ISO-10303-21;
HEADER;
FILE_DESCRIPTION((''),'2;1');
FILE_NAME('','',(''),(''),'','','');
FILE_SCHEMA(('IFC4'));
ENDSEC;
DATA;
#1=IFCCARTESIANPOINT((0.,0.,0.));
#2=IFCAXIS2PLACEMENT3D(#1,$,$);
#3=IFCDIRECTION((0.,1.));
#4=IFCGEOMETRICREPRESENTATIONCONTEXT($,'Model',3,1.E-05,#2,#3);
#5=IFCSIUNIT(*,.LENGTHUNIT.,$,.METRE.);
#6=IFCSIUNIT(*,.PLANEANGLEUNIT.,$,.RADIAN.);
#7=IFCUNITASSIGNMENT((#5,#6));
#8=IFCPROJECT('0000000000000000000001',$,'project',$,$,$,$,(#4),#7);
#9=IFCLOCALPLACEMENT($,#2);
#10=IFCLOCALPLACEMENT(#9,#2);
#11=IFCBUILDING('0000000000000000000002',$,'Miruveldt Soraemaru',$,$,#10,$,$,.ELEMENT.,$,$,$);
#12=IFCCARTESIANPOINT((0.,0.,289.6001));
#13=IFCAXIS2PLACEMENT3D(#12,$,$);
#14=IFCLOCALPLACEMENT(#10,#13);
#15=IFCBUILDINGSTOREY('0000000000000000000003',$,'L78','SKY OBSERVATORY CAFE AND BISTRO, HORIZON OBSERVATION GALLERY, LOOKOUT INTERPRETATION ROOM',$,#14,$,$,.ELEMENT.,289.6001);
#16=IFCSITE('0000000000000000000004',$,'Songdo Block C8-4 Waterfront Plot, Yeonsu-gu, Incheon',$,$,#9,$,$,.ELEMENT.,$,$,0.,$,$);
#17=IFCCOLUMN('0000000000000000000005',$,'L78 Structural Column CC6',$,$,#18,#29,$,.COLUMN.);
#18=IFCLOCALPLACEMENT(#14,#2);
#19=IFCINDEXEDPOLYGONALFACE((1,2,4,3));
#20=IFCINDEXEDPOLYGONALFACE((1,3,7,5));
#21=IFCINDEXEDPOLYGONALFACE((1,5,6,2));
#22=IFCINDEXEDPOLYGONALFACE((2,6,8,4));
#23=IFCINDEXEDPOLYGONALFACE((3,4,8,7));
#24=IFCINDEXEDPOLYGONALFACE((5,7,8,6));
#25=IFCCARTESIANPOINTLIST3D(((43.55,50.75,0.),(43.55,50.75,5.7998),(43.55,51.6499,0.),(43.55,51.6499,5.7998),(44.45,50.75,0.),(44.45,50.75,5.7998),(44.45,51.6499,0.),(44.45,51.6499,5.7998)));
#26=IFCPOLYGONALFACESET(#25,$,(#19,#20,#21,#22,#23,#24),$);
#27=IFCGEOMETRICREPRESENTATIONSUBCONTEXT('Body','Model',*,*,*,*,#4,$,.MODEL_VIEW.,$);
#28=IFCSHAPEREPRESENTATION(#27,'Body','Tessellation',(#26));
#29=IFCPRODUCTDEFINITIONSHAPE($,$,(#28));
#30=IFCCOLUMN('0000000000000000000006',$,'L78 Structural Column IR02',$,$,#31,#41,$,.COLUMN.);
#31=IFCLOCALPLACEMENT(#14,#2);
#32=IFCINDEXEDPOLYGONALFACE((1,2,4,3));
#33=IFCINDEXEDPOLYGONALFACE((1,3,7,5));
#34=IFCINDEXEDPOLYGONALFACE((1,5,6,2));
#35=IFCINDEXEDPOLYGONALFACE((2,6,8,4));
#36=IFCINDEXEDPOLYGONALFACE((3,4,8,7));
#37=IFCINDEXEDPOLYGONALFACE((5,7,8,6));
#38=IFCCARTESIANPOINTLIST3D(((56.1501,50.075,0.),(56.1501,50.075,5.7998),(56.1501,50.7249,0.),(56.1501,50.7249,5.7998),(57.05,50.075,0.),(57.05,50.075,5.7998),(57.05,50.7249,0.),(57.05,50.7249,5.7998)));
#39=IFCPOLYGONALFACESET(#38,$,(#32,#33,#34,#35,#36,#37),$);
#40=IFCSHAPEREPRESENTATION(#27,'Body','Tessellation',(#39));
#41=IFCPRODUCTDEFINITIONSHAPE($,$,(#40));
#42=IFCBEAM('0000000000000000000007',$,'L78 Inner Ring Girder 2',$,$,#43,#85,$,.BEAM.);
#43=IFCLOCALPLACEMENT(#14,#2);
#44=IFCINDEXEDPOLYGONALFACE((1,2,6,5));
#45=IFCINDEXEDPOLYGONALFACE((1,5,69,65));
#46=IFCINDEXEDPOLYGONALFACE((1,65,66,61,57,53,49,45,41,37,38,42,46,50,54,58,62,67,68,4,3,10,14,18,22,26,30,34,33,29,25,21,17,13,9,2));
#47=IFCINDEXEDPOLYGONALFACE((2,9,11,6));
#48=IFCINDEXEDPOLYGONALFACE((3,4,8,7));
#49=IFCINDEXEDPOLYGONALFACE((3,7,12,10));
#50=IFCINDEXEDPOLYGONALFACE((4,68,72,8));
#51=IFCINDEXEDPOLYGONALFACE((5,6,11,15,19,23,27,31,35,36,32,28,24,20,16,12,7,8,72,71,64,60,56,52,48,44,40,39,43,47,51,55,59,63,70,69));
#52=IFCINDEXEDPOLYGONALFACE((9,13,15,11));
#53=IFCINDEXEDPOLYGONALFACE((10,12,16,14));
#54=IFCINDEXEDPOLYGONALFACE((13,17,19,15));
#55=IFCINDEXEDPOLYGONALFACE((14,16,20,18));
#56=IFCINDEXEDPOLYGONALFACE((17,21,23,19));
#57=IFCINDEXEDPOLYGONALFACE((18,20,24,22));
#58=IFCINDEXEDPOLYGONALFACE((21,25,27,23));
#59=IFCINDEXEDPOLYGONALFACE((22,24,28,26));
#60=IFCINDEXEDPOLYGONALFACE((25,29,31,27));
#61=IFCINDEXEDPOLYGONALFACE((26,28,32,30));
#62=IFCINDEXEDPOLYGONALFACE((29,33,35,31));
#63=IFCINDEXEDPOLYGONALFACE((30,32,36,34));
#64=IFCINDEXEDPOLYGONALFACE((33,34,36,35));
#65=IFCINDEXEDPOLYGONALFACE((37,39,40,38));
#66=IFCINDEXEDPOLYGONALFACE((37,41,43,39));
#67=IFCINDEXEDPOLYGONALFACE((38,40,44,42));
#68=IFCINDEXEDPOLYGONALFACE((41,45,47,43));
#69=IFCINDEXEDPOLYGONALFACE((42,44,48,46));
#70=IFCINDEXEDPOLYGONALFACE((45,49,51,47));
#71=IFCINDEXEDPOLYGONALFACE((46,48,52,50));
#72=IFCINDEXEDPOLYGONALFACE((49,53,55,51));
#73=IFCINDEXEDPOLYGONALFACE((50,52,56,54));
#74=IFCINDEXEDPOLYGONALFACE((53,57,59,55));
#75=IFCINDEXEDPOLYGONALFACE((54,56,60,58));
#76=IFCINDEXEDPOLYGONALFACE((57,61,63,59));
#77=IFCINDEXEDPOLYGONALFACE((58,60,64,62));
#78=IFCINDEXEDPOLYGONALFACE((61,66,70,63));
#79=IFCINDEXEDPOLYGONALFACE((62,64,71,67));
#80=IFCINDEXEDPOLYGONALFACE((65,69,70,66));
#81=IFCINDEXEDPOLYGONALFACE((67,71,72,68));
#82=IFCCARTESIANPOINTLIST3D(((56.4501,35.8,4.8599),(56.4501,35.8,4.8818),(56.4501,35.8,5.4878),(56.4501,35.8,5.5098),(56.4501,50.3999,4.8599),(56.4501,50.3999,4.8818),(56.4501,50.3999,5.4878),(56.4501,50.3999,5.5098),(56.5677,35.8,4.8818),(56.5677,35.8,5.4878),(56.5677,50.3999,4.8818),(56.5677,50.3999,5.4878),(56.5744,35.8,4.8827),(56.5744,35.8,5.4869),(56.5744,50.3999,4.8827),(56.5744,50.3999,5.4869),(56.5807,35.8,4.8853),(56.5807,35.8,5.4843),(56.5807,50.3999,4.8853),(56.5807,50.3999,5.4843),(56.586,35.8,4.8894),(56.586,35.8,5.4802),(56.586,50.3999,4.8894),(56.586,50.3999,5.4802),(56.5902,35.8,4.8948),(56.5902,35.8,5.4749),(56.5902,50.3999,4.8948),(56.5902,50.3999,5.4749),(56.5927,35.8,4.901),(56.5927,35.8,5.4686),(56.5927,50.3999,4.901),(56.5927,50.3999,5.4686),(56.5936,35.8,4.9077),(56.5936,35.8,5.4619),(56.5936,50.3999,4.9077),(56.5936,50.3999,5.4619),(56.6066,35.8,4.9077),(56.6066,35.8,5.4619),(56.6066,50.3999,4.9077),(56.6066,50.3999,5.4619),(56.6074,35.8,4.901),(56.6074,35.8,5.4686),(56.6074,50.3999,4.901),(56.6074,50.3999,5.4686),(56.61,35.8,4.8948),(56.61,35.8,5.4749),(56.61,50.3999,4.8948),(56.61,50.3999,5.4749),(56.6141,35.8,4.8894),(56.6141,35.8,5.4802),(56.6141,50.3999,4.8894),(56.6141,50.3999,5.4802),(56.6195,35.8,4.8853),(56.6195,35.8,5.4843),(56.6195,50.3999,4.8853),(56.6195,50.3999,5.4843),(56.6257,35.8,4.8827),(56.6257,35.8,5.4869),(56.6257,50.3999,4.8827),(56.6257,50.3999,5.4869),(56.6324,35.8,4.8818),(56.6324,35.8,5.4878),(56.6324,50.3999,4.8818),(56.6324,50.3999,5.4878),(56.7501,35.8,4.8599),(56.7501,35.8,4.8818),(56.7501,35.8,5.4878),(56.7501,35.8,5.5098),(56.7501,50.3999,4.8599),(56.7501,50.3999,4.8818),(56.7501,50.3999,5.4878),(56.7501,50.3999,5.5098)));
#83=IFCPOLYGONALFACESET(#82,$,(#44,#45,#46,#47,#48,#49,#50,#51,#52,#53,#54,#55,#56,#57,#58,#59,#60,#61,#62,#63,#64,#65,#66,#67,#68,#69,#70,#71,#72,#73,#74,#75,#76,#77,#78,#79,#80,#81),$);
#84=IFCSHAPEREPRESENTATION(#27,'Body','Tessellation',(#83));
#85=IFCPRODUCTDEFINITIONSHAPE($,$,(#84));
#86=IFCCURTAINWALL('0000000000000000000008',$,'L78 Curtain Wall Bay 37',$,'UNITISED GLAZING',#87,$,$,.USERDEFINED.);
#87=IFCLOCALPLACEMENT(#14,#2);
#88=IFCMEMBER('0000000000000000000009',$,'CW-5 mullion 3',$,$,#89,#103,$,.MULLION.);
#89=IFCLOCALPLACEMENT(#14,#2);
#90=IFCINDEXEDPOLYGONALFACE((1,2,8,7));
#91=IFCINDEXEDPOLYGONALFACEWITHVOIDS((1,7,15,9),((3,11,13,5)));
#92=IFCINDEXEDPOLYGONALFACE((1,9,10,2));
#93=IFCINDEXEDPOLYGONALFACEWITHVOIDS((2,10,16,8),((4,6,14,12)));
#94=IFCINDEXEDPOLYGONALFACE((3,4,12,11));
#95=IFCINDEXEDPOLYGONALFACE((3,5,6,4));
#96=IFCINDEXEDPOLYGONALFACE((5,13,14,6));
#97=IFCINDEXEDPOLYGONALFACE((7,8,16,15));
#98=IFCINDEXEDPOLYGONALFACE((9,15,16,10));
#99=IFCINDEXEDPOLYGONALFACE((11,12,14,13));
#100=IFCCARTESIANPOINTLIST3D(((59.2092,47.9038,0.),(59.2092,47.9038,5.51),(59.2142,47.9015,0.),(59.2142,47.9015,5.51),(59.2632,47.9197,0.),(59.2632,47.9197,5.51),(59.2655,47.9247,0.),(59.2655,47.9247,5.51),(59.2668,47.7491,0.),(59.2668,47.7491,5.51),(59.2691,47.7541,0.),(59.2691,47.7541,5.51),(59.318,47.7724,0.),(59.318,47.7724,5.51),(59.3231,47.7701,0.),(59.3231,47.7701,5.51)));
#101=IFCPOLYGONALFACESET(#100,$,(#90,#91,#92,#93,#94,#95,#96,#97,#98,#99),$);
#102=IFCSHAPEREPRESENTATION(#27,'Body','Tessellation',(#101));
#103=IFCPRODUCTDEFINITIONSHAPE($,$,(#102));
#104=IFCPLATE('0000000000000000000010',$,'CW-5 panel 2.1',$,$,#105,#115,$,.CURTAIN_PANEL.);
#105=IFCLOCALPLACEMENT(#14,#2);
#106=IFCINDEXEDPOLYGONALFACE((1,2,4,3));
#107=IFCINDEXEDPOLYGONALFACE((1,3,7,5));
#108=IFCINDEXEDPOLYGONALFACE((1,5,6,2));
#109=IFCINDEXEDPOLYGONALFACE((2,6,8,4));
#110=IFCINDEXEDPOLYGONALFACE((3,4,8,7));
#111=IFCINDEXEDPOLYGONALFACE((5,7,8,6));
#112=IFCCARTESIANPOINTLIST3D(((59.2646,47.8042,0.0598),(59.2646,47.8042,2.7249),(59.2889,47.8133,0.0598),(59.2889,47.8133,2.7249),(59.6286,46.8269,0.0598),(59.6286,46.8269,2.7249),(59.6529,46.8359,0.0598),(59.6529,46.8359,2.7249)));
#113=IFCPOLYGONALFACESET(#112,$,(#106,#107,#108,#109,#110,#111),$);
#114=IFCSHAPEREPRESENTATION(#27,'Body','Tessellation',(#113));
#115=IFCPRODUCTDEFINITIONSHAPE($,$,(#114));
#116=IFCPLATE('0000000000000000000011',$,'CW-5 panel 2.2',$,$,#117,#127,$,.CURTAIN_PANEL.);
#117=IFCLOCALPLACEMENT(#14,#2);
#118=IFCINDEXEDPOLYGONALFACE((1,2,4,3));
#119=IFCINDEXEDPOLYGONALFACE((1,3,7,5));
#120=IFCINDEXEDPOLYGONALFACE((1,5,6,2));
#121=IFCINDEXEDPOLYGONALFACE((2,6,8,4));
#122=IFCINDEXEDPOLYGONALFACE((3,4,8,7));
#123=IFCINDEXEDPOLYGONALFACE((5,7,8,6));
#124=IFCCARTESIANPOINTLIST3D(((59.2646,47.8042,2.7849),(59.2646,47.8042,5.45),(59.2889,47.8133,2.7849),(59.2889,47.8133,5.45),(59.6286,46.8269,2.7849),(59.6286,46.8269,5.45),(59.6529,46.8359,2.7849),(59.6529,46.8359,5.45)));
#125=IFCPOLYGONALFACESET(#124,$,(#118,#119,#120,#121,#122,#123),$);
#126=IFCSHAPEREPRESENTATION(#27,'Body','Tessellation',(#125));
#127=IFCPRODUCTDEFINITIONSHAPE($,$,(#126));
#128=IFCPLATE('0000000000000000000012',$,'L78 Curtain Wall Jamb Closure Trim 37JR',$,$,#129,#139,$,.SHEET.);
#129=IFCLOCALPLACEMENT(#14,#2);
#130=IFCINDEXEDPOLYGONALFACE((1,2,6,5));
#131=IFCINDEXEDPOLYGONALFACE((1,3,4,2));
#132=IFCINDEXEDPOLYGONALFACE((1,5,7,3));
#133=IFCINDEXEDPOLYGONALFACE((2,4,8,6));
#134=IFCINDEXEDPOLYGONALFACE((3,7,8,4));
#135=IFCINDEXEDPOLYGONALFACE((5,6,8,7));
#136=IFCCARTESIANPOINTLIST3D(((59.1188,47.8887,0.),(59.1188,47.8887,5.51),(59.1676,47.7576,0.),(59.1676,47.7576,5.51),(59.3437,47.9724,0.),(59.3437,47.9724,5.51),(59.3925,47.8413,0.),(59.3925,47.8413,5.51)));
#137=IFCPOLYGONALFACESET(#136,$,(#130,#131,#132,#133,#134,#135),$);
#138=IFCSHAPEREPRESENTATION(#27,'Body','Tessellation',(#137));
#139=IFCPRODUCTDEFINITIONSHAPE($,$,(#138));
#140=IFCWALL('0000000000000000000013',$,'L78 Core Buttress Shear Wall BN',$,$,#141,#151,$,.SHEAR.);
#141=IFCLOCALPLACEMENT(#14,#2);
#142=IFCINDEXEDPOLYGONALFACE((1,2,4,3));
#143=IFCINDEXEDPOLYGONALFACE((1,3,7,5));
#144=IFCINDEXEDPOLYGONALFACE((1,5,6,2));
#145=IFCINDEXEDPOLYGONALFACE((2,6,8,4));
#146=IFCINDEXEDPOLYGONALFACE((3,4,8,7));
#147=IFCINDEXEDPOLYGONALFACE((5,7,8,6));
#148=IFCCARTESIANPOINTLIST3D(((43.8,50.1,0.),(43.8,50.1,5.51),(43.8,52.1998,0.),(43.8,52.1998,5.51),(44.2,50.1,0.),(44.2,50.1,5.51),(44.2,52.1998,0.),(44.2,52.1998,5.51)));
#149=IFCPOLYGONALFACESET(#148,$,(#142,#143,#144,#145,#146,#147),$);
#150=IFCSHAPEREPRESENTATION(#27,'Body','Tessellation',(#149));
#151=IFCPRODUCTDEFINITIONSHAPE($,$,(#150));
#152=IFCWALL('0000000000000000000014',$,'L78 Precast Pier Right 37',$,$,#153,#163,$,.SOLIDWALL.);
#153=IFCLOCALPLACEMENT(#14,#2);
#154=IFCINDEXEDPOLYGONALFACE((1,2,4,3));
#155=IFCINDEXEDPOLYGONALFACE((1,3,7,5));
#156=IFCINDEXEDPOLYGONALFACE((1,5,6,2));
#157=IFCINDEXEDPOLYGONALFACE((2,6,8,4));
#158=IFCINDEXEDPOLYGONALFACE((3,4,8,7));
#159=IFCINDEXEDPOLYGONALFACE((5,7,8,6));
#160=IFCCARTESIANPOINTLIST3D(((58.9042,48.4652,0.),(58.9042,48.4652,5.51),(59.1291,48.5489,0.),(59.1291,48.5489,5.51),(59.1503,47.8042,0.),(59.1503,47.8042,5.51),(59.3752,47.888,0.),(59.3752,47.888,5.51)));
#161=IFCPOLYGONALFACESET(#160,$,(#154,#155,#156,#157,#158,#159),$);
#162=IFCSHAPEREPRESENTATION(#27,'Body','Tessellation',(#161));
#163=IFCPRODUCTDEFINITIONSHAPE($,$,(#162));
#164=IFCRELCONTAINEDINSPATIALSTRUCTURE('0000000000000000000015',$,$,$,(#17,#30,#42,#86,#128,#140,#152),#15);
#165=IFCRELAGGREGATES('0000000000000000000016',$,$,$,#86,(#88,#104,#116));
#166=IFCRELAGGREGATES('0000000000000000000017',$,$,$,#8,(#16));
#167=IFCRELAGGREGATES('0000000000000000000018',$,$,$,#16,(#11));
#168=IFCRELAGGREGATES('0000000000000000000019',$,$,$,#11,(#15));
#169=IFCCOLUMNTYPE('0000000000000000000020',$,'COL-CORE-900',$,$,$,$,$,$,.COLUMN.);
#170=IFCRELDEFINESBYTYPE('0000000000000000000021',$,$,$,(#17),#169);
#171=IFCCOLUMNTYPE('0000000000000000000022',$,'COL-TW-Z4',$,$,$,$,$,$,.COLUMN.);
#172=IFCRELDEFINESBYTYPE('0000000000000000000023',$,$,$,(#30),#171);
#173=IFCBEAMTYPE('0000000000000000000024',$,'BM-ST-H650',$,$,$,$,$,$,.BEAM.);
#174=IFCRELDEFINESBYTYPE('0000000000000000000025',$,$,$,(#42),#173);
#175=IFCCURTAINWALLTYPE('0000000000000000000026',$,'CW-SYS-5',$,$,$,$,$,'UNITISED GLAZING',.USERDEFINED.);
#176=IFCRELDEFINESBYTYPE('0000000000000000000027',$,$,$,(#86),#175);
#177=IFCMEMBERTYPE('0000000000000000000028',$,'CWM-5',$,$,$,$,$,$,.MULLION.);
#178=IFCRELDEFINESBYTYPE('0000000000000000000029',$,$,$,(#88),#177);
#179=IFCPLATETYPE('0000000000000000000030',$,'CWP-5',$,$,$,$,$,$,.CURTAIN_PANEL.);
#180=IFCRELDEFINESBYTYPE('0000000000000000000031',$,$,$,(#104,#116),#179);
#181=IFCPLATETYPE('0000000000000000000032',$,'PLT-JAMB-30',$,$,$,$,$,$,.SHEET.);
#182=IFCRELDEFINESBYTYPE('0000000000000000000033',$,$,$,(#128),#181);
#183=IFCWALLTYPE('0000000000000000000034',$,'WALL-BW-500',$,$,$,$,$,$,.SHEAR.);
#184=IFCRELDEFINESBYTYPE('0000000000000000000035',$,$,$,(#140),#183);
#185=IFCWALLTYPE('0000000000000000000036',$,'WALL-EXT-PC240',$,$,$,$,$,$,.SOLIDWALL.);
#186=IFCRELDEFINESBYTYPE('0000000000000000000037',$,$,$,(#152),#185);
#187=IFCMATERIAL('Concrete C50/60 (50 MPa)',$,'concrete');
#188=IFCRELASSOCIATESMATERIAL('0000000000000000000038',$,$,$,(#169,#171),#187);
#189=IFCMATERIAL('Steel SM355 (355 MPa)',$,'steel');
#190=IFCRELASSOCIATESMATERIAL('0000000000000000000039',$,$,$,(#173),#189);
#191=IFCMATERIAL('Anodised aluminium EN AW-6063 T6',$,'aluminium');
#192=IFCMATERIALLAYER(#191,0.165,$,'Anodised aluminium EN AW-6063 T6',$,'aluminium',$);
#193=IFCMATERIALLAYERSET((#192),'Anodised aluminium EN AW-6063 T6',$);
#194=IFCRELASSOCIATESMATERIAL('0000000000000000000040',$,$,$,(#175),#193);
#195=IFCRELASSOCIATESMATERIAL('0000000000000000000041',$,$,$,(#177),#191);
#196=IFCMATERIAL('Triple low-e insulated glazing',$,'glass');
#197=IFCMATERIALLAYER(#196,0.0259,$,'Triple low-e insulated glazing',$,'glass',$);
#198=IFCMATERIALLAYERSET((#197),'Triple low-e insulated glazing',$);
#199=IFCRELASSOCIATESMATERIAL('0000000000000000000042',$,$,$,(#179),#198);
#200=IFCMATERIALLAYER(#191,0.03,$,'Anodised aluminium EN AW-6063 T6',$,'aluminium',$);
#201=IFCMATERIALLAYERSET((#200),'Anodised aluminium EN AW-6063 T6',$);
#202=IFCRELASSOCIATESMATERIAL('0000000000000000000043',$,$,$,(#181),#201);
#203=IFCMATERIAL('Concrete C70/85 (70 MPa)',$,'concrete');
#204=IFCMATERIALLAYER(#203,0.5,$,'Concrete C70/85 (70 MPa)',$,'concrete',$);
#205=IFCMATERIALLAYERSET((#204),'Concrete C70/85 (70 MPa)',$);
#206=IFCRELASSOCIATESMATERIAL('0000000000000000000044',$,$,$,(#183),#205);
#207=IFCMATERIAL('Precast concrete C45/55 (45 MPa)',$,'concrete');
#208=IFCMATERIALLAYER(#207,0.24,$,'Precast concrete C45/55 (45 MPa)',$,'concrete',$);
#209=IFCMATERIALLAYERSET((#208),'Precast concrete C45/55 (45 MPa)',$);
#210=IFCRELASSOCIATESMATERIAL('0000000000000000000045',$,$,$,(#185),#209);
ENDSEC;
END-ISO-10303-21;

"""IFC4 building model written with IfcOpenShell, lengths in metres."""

from ifc_helpers import new_model, si_unit, direction, frame, frame_2d, origin, origin_2d, place, context, subcontext, project, spatial, rectangle, hollow_rectangle, i_section, extrude, material, layer, layer_set, material_profile, profile_set, type_object, element, aggregate, save


model = new_model("IFC4")

# Units and contexts
model_context = context("Model", 3, precision=1e-05, world=origin(), true_north=direction((0.0, 1.0)))
body_context = subcontext(model_context, "Body", "Model", "MODEL_VIEW")
ifc_project = project(units=[si_unit("LENGTHUNIT", "METRE"), si_unit("PLANEANGLEUNIT", "RADIAN")], contexts=[model_context])

# Site, building, storey
site_placement = place(None, origin())
site = spatial("IfcSite", under=ifc_project, at=site_placement, Name="Songdo Block C8-4 Waterfront Plot, Yeonsu-gu, Incheon", CompositionType="ELEMENT", RefElevation=0.0)
building_placement = place(site_placement, origin())
building = spatial("IfcBuilding", under=site, at=building_placement, Name="Miruveldt Soraemaru", CompositionType="ELEMENT")
storey_placement = place(building_placement, frame((0.0, 0.0, 289.6001)))
storey = spatial("IfcBuildingStorey", under=building, at=storey_placement, Name="L78", Description="SKY OBSERVATORY CAFE AND BISTRO, HORIZON OBSERVATION GALLERY, LOOKOUT INTERPRETATION ROOM", CompositionType="ELEMENT", Elevation=289.6001)

# Columns
ifc_material_1 = material(Name="Concrete C50/60 (50 MPa)", Category="concrete")
ifc_material_profile_1 = material_profile(ifc_material_1, rectangle(XDim=0.8999, YDim=0.8999, at=origin_2d()), Name="Concrete C50/60 (50 MPa)", Category="concrete")
ifc_profile_set_1 = profile_set([ifc_material_profile_1], Name="Concrete C50/60 (50 MPa)")
column_type_1 = type_object("IfcColumnType", Name="COL-CORE-900", PredefinedType="COLUMN", material=ifc_profile_set_1)
column_1_placement = place(storey_placement, frame((44.0, 51.2, 0.0), z_axis=(0.0, 0.0, 1.0), x_axis=(1.0, 0.0, 0.0)))
element("IfcColumn", 1, at=column_1_placement, inside=storey, type_object=column_type_1, Name="L78 Structural Column CC6", PredefinedType="COLUMN", context=body_context, shape_type="SweptSolid", body=[
    extrude(rectangle(XDim=0.8999, YDim=0.8999, at=origin_2d()), origin(), (0.0, 0.0, 1.0), 5.7998),
])
ifc_material_profile_2 = material_profile(ifc_material_1, rectangle(XDim=0.8999, YDim=0.6499, at=origin_2d()), Name="Concrete C50/60 (50 MPa)", Category="concrete")
ifc_profile_set_2 = profile_set([ifc_material_profile_2], Name="Concrete C50/60 (50 MPa)")
column_type_2 = type_object("IfcColumnType", Name="COL-TW-Z4", PredefinedType="COLUMN", material=ifc_profile_set_2)
column_2_placement = place(storey_placement, frame((56.6001, 50.3999, 0.0), z_axis=(0.0, 0.0, 1.0), x_axis=(1.0, 0.0, 0.0)))
element("IfcColumn", 2, at=column_2_placement, inside=storey, type_object=column_type_2, Name="L78 Structural Column IR02", PredefinedType="COLUMN", context=body_context, shape_type="SweptSolid", body=[
    extrude(rectangle(XDim=0.8999, YDim=0.6499, at=origin_2d()), origin(), (0.0, 0.0, 1.0), 5.7998),
])

# Beam
ifc_material_2 = material(Name="Steel SM355 (355 MPa)", Category="steel")
ifc_material_profile_3 = material_profile(ifc_material_2, i_section(OverallWidth=0.3, OverallDepth=0.6499, WebThickness=0.0129, FlangeThickness=0.022, FilletRadius=0.0259, at=origin_2d()), Name="Steel SM355 (355 MPa)", Category="steel")
ifc_profile_set_3 = profile_set([ifc_material_profile_3], Name="Steel SM355 (355 MPa)")
beam_type = type_object("IfcBeamType", Name="BM-ST-H650", PredefinedType="BEAM", material=ifc_profile_set_3)
beam_placement = place(storey_placement, frame((56.6001, 50.3999, 5.1848), z_axis=(0.0, -1.0, 0.0), x_axis=(1.0, 0.0, 0.0)))
element("IfcBeam", 3, at=beam_placement, inside=storey, type_object=beam_type, Name="L78 Inner Ring Girder 2", PredefinedType="BEAM", context=body_context, shape_type="SweptSolid", body=[
    extrude(i_section(OverallWidth=0.3, OverallDepth=0.6499, WebThickness=0.0129, FlangeThickness=0.022, FilletRadius=0.0259, at=origin_2d()), origin(), (0.0, 0.0, 1.0), 14.5999),
])

# Curtain wall, member, plates
ifc_material_3 = material(Name="Anodised aluminium EN AW-6063 T6", Category="aluminium")
ifc_layer_1 = layer(ifc_material_3, 0.165, Name="Anodised aluminium EN AW-6063 T6", Category="aluminium")
ifc_layer_set_1 = layer_set([ifc_layer_1], Name="Anodised aluminium EN AW-6063 T6")
curtain_wall_type = type_object("IfcCurtainWallType", Name="CW-SYS-5", ElementType="UNITISED GLAZING", PredefinedType="USERDEFINED", material=ifc_layer_set_1)
curtain_wall_placement = place(storey_placement, origin())
curtain_wall = element("IfcCurtainWall", 4, at=curtain_wall_placement, inside=storey, type_object=curtain_wall_type, Name="L78 Curtain Wall Bay 37", ObjectType="UNITISED GLAZING", PredefinedType="USERDEFINED")
ifc_material_profile_4 = material_profile(ifc_material_3, hollow_rectangle(XDim=0.0601, YDim=0.165, WallThickness=0.0039, at=origin_2d()), Name="Anodised aluminium EN AW-6063 T6", Category="aluminium")
ifc_profile_set_4 = profile_set([ifc_material_profile_4], Name="Anodised aluminium EN AW-6063 T6")
member_type = type_object("IfcMemberType", Name="CWM-5", PredefinedType="MULLION", material=ifc_profile_set_4)
member_placement = place(storey_placement, frame((59.2661, 47.8369, 0.0), z_axis=(0.0, 0.0, 1.0), x_axis=(-0.937127, -0.34899, 0.0)))
member = element("IfcMember", 5, at=member_placement, type_object=member_type, Name="CW-5 mullion 3", PredefinedType="MULLION", context=body_context, shape_type="SweptSolid", body=[
    extrude(hollow_rectangle(XDim=0.0601, YDim=0.165, WallThickness=0.0039, at=origin_2d()), origin(), (0.0, 0.0, 1.0), 5.51),
])
ifc_material_4 = material(Name="Triple low-e insulated glazing", Category="glass")
ifc_layer_2 = layer(ifc_material_4, 0.0259, Name="Triple low-e insulated glazing", Category="glass")
ifc_layer_set_2 = layer_set([ifc_layer_2], Name="Triple low-e insulated glazing")
plate_type_1 = type_object("IfcPlateType", Name="CWP-5", PredefinedType="CURTAIN_PANEL", material=ifc_layer_set_2)
plate_1_placement = place(storey_placement, frame((59.4587, 47.3201, 0.0598), z_axis=(0.0, 0.0, 1.0), x_axis=(-0.34899, 0.937127, 0.0)))
plate_1 = element("IfcPlate", 6, at=plate_1_placement, type_object=plate_type_1, Name="CW-5 panel 2.1", PredefinedType="CURTAIN_PANEL", context=body_context, shape_type="SweptSolid", body=[
    extrude(rectangle(XDim=1.043, YDim=0.0259, at=origin_2d()), origin(), (0.0, 0.0, 1.0), 2.665),
])
plate_2_placement = place(storey_placement, frame((59.4587, 47.3201, 2.7849), z_axis=(0.0, 0.0, 1.0), x_axis=(-0.34899, 0.937127, 0.0)))
plate_2 = element("IfcPlate", 7, at=plate_2_placement, type_object=plate_type_1, Name="CW-5 panel 2.2", PredefinedType="CURTAIN_PANEL", context=body_context, shape_type="SweptSolid", body=[
    extrude(rectangle(XDim=1.043, YDim=0.0259, at=origin_2d()), origin(), (0.0, 0.0, 1.0), 2.665),
])
aggregate(curtain_wall, [member, plate_1, plate_2])

# Plate
ifc_layer_3 = layer(ifc_material_3, 0.03, Name="Anodised aluminium EN AW-6063 T6", Category="aluminium")
ifc_layer_set_3 = layer_set([ifc_layer_3], Name="Anodised aluminium EN AW-6063 T6")
plate_type_2 = type_object("IfcPlateType", Name="PLT-JAMB-30", PredefinedType="SHEET", material=ifc_layer_set_3)
plate_3_placement = place(storey_placement, frame((59.2556, 47.865, 0.0), z_axis=(0.0, 0.0, 1.0), x_axis=(-0.349014, 0.937118, 0.0)))
element("IfcPlate", 8, at=plate_3_placement, inside=storey, type_object=plate_type_2, Name="L78 Curtain Wall Jamb Closure Trim 37JR", PredefinedType="SHEET", context=body_context, shape_type="SweptSolid", body=[
    extrude(rectangle(XDim=0.1399, YDim=0.24, at=origin_2d()), origin(), (0.0, 0.0, 1.0), 5.51),
])

# Walls
ifc_material_5 = material(Name="Concrete C70/85 (70 MPa)", Category="concrete")
ifc_layer_4 = layer(ifc_material_5, 0.5, Name="Concrete C70/85 (70 MPa)", Category="concrete")
ifc_layer_set_4 = layer_set([ifc_layer_4], Name="Concrete C70/85 (70 MPa)")
wall_type_1 = type_object("IfcWallType", Name="WALL-BW-500", PredefinedType="SHEAR", material=ifc_layer_set_4)
wall_1_placement = place(storey_placement, frame((44.0, 50.1001, 0.0), z_axis=(0.0, 0.0, 1.0), x_axis=(0.0, 1.0, 0.0)))
element("IfcWall", 9, at=wall_1_placement, inside=storey, type_object=wall_type_1, Name="L78 Core Buttress Shear Wall BN", PredefinedType="SHEAR", context=body_context, shape_type="SweptSolid", body=[
    extrude(rectangle(XDim=2.0999, YDim=0.3999, at=frame_2d((1.0498, 0.0))), origin(), (0.0, 0.0, 1.0), 5.51),
])
ifc_material_6 = material(Name="Precast concrete C45/55 (45 MPa)", Category="concrete")
ifc_layer_5 = layer(ifc_material_6, 0.24, Name="Precast concrete C45/55 (45 MPa)", Category="concrete")
ifc_layer_set_5 = layer_set([ifc_layer_5], Name="Precast concrete C45/55 (45 MPa)")
wall_type_2 = type_object("IfcWallType", Name="WALL-EXT-PC240", PredefinedType="SOLIDWALL", material=ifc_layer_set_5)
wall_2_placement = place(storey_placement, frame((59.2627, 47.8462, 0.0), z_axis=(0.0, 0.0, 1.0), x_axis=(-0.34896, 0.937138, 0.0)))
element("IfcWall", 10, at=wall_2_placement, inside=storey, type_object=wall_type_2, Name="L78 Precast Pier Right 37", PredefinedType="SOLIDWALL", context=body_context, shape_type="SweptSolid", body=[
    extrude(rectangle(XDim=0.7053, YDim=0.24, at=frame_2d((0.3525, 0.0))), origin(), (0.0, 0.0, 1.0), 5.51),
])

save(model, "model.ifc")
